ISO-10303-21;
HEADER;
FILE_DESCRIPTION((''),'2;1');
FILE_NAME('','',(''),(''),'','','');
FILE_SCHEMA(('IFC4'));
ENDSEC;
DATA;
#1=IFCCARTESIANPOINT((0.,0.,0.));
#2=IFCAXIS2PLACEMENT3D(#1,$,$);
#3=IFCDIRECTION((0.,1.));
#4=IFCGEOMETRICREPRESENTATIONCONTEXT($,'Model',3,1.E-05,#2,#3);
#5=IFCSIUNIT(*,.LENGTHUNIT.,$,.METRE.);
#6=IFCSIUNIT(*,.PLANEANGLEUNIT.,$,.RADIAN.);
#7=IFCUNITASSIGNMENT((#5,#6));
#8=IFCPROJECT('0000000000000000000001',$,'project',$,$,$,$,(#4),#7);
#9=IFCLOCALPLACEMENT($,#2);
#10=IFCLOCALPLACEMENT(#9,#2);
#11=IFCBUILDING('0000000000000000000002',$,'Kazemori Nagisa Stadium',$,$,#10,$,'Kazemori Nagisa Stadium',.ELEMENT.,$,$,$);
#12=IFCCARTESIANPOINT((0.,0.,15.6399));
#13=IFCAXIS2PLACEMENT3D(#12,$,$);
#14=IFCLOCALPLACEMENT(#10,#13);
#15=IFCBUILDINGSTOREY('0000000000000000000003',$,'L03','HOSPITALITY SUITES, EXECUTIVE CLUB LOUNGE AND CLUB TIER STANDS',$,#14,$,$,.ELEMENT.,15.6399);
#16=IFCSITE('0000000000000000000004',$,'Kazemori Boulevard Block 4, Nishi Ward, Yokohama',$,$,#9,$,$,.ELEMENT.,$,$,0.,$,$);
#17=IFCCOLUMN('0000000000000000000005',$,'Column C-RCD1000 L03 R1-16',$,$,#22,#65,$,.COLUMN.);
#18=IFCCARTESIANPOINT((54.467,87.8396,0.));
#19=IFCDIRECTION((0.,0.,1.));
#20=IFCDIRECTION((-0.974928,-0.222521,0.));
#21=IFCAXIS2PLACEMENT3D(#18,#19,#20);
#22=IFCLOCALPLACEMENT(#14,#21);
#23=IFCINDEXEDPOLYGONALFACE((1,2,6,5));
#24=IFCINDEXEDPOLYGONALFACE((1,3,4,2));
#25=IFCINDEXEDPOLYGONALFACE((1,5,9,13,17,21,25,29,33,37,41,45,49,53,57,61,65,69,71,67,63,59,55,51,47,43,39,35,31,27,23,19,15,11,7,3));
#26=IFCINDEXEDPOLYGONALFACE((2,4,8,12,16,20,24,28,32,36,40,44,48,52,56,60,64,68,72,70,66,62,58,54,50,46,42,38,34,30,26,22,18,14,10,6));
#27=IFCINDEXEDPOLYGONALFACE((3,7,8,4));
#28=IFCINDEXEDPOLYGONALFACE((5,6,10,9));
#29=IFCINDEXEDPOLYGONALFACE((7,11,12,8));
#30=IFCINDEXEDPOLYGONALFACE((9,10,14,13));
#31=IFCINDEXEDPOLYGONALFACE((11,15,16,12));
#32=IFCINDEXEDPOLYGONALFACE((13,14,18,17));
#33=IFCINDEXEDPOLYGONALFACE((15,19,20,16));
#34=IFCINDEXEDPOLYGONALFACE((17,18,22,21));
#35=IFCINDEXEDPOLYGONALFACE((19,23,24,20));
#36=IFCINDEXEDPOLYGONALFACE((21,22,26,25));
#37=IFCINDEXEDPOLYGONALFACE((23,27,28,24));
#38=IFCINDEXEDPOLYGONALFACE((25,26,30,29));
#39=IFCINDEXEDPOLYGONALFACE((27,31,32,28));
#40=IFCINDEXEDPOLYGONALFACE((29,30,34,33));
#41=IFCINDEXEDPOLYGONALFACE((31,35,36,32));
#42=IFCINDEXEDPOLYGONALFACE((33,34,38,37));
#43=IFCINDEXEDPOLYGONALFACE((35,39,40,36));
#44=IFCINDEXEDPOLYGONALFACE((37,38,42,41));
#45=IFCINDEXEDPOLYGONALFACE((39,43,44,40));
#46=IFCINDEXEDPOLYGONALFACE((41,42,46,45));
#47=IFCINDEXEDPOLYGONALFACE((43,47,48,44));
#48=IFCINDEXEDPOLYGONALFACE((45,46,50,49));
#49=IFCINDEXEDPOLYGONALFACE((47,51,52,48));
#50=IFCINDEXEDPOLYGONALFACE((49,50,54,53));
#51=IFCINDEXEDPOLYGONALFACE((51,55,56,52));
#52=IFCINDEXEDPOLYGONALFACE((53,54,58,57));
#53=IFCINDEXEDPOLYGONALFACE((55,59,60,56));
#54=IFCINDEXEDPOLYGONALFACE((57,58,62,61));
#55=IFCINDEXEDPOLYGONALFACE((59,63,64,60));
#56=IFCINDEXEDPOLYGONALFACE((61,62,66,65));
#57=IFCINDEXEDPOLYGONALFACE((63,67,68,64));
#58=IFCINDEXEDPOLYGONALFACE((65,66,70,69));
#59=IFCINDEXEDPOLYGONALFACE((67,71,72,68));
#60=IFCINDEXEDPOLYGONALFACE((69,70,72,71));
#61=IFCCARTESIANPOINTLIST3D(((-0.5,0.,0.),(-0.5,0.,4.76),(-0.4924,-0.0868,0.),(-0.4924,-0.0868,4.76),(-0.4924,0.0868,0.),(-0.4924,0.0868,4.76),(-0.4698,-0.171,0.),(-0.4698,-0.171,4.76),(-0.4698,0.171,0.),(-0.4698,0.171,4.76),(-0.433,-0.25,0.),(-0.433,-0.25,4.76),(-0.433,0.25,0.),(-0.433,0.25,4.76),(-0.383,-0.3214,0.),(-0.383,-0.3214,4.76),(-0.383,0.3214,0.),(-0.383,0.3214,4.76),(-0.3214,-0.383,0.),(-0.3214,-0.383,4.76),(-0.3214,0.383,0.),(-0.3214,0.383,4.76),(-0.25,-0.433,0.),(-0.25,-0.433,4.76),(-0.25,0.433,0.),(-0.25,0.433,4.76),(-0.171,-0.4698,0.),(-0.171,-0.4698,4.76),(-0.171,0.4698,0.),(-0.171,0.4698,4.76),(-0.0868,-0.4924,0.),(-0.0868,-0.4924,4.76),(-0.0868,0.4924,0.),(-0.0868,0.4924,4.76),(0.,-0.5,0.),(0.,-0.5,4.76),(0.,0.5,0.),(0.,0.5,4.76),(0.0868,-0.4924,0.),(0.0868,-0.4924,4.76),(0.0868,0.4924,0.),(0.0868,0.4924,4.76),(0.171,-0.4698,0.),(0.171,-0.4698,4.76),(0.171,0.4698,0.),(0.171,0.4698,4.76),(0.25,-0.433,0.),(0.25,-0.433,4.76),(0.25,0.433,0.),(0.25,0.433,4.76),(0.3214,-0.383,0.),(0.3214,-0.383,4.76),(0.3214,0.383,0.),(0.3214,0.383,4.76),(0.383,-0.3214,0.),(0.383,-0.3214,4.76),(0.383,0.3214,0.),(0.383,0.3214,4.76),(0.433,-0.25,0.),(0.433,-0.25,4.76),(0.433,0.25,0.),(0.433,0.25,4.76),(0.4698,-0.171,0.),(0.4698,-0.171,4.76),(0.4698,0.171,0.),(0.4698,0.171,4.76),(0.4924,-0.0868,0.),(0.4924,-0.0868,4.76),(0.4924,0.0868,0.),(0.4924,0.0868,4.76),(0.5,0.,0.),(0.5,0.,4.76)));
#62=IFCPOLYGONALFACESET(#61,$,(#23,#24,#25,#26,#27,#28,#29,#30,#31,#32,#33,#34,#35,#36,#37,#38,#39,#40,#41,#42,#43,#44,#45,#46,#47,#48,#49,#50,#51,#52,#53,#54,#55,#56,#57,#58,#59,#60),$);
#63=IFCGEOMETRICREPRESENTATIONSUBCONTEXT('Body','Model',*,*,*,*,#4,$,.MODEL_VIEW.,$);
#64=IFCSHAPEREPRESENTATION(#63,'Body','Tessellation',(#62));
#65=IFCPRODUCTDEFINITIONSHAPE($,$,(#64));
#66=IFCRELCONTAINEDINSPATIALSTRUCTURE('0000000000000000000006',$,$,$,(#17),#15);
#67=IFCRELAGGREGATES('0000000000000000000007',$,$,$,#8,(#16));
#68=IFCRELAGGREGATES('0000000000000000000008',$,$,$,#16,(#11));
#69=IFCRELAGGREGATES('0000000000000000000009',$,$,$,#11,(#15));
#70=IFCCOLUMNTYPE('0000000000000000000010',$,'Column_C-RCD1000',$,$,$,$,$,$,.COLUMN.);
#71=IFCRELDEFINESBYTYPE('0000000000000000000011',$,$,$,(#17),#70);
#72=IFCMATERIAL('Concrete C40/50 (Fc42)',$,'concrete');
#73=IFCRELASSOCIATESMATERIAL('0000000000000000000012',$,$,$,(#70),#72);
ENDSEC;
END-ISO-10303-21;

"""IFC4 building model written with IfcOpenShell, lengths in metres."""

from ifc_helpers import new_model, si_unit, direction, frame, origin, origin_2d, place, context, subcontext, project, spatial, circle, extrude, material, material_profile, profile_set, type_object, element, save


model = new_model("IFC4")

# Units and contexts
model_context = context("Model", 3, precision=1e-05, world=origin(), true_north=direction((0.0, 1.0)))
body_context = subcontext(model_context, "Body", "Model", "MODEL_VIEW")
ifc_project = project(units=[si_unit("LENGTHUNIT", "METRE"), si_unit("PLANEANGLEUNIT", "RADIAN")], contexts=[model_context])

# Site, building, storey
site_placement = place(None, origin())
site = spatial("IfcSite", under=ifc_project, at=site_placement, Name="Kazemori Boulevard Block 4, Nishi Ward, Yokohama", CompositionType="ELEMENT", RefElevation=0.0)
building_placement = place(site_placement, origin())
building = spatial("IfcBuilding", under=site, at=building_placement, Name="Kazemori Nagisa Stadium", LongName="Kazemori Nagisa Stadium", CompositionType="ELEMENT")
storey_placement = place(building_placement, frame((0.0, 0.0, 15.6399)))
storey = spatial("IfcBuildingStorey", under=building, at=storey_placement, Name="L03", Description="HOSPITALITY SUITES, EXECUTIVE CLUB LOUNGE AND CLUB TIER STANDS", CompositionType="ELEMENT", Elevation=15.6399)

# Column
ifc_material_1 = material(Name="Concrete C40/50 (Fc42)", Category="concrete")
ifc_material_profile_1 = material_profile(ifc_material_1, circle(Radius=0.5, at=origin_2d()), Name="RC-COL-D1000")
ifc_profile_set_1 = profile_set([ifc_material_profile_1], Name="Concrete C40/50 (Fc42)")
column_type = type_object("IfcColumnType", Name="Column_C-RCD1000", PredefinedType="COLUMN", material=ifc_profile_set_1)
column_placement = place(storey_placement, frame((54.467, 87.8396, 0.0), z_axis=(0.0, 0.0, 1.0), x_axis=(-0.974928, -0.222521, 0.0)))
element("IfcColumn", 1, at=column_placement, inside=storey, type_object=column_type, Name="Column C-RCD1000 L03 R1-16", PredefinedType="COLUMN", context=body_context, shape_type="SweptSolid", body=[
    extrude(circle(Radius=0.5, at=origin_2d()), origin(), (0.0, 0.0, 1.0), 4.76),
])

save(model, "model.ifc")
